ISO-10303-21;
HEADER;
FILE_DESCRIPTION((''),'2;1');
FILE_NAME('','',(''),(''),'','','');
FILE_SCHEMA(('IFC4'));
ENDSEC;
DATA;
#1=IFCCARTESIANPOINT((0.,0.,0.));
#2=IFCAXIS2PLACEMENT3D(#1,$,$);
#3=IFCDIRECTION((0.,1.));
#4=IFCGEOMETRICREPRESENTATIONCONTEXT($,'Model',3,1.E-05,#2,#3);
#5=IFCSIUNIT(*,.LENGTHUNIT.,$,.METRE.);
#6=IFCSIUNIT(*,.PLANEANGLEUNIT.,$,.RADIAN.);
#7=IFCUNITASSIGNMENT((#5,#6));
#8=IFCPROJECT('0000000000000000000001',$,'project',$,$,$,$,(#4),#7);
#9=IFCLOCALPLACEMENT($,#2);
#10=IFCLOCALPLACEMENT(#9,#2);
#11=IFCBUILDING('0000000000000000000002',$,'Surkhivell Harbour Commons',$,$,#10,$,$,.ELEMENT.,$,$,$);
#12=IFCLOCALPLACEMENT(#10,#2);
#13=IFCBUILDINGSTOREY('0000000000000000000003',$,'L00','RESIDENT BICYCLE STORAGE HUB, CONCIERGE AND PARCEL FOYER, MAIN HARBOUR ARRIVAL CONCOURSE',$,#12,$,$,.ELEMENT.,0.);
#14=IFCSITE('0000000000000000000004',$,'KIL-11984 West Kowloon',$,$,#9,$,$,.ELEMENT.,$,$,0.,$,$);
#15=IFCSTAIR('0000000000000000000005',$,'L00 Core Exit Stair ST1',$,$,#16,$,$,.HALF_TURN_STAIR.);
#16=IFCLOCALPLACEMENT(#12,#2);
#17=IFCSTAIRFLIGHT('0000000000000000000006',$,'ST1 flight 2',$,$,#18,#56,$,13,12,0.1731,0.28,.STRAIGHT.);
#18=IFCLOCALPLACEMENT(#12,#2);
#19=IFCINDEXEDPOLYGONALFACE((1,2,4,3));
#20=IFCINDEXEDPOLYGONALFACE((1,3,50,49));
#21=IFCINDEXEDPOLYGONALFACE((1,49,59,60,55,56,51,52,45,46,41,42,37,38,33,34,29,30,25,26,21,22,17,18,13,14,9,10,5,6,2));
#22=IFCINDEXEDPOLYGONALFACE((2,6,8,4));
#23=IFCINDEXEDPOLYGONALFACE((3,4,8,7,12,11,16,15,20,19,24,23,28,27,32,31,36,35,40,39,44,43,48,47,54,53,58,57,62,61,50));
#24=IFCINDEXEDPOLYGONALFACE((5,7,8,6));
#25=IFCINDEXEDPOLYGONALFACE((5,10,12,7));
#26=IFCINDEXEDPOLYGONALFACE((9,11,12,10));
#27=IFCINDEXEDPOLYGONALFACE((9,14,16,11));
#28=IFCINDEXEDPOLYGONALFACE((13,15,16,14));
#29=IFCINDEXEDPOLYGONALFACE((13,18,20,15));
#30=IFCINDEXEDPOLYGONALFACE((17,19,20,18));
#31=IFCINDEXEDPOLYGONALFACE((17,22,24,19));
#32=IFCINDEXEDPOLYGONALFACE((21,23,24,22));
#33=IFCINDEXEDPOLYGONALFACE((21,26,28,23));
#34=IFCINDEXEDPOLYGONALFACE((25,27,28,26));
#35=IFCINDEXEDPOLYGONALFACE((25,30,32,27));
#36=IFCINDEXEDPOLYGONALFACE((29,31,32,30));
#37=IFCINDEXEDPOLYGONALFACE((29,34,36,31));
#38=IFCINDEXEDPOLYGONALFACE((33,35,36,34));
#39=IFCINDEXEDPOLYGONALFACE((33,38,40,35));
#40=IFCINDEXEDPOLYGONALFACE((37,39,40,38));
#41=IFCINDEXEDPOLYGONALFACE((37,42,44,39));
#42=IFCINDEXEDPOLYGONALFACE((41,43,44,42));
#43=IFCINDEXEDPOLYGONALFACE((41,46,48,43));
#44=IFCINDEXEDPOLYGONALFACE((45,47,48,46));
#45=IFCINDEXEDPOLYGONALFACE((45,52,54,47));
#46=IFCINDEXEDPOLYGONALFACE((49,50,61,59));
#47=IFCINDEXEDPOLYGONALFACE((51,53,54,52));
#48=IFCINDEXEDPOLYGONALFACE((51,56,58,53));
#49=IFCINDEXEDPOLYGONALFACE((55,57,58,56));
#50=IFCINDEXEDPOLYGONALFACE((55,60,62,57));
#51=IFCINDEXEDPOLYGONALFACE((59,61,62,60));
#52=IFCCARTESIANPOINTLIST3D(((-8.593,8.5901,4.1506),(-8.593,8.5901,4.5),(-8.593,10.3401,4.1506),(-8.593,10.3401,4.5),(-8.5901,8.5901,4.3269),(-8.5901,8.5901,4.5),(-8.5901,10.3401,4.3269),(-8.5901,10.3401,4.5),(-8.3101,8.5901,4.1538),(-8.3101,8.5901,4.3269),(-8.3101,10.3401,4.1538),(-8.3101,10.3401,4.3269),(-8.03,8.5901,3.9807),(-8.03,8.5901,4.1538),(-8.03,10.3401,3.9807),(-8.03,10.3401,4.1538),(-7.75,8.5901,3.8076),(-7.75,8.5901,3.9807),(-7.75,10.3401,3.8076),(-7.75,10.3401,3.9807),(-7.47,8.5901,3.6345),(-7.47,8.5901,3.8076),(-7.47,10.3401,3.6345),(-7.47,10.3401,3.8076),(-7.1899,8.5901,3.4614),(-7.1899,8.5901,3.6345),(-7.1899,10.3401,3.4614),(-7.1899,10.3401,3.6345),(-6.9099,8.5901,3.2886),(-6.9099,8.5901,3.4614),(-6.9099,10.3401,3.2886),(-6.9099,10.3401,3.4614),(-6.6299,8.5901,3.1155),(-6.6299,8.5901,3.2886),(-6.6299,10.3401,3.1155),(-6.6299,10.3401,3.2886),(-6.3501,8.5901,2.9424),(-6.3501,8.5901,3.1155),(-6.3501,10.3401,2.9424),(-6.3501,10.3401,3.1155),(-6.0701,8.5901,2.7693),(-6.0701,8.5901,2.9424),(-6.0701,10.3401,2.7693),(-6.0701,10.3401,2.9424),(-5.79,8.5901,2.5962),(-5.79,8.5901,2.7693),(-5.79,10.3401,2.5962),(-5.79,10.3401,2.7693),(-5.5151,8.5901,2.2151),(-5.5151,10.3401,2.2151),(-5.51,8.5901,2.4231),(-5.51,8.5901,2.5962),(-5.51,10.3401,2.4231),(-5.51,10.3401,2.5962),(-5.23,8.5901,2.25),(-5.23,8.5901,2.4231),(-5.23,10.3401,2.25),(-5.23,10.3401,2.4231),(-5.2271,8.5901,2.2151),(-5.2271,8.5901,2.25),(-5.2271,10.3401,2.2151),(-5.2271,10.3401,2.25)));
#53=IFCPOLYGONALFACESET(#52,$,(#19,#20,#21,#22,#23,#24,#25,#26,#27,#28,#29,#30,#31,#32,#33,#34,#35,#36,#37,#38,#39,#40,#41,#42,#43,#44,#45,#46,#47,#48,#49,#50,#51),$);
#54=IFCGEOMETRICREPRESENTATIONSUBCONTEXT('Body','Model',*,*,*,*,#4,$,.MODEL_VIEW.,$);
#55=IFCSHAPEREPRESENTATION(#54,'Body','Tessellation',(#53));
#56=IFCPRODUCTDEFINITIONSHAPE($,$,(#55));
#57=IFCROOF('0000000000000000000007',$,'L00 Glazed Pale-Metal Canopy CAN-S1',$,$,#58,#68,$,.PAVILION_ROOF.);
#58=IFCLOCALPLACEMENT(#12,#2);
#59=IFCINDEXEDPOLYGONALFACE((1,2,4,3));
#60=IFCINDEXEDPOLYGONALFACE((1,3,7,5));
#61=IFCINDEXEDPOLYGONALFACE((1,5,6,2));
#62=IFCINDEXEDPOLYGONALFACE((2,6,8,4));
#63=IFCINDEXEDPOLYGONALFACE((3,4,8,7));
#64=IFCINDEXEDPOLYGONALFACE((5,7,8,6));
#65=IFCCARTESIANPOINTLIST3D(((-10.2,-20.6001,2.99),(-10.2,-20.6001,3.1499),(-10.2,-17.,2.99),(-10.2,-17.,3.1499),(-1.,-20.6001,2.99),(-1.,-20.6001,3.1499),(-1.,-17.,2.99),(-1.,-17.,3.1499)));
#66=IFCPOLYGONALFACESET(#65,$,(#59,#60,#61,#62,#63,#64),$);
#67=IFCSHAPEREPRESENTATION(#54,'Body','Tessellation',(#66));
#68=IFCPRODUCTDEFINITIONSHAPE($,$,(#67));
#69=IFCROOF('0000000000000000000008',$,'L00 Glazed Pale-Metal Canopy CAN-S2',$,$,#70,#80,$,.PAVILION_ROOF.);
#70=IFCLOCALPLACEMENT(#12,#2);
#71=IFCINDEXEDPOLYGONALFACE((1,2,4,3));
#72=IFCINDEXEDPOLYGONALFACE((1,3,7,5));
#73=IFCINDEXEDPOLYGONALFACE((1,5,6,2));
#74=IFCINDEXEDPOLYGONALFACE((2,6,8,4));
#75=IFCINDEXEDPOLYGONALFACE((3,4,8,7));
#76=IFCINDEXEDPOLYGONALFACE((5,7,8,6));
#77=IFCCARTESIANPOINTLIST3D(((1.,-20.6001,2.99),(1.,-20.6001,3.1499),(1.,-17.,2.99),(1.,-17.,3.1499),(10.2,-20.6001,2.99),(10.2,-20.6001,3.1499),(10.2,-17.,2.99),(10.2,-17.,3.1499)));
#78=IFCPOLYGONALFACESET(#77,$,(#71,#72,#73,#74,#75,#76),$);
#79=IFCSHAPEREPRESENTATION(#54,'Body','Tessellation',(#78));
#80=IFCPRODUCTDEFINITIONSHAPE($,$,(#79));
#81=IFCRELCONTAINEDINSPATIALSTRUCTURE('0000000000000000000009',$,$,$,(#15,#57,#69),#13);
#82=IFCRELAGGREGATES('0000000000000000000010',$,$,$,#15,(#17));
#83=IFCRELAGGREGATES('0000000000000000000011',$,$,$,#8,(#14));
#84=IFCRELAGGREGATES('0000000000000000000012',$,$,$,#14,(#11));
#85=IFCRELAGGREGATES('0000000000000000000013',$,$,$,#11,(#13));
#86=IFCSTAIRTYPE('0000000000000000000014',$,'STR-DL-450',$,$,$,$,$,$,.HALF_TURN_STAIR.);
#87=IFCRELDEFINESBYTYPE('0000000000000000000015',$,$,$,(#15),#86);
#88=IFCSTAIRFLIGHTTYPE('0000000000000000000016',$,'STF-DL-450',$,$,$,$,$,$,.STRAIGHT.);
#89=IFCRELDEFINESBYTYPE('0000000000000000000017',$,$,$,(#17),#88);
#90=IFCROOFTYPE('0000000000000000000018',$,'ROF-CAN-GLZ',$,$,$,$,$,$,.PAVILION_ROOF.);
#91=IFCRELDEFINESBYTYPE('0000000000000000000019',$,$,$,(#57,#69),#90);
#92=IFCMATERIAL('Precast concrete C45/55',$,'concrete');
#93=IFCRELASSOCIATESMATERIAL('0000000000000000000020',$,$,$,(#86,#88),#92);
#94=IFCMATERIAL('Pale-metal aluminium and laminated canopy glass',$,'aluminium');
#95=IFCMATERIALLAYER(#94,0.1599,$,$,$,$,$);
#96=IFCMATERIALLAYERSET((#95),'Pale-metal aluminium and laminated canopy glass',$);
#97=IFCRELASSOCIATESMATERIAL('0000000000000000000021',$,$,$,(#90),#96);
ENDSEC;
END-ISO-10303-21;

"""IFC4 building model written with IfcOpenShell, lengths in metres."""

from ifc_helpers import new_model, si_unit, direction, frame, origin, place, context, subcontext, project, spatial, polyline, outline, extrude, material, layer, layer_set, type_object, element, aggregate, save


model = new_model("IFC4")

# Units and contexts
model_context = context("Model", 3, precision=1e-05, world=origin(), true_north=direction((0.0, 1.0)))
body_context = subcontext(model_context, "Body", "Model", "MODEL_VIEW")
ifc_project = project(units=[si_unit("LENGTHUNIT", "METRE"), si_unit("PLANEANGLEUNIT", "RADIAN")], contexts=[model_context])

# Site, building, storey
site_placement = place(None, origin())
site = spatial("IfcSite", under=ifc_project, at=site_placement, Name="KIL-11984 West Kowloon", CompositionType="ELEMENT", RefElevation=0.0)
building_placement = place(site_placement, origin())
building = spatial("IfcBuilding", under=site, at=building_placement, Name="Surkhivell Harbour Commons", CompositionType="ELEMENT")
storey_placement = place(building_placement, origin())
storey = spatial("IfcBuildingStorey", under=building, at=storey_placement, Name="L00", Description="RESIDENT BICYCLE STORAGE HUB, CONCIERGE AND PARCEL FOYER, MAIN HARBOUR ARRIVAL CONCOURSE", CompositionType="ELEMENT", Elevation=0.0)

# Stair, stair flight
ifc_material_1 = material(Name="Precast concrete C45/55", Category="concrete")
stair_type = type_object("IfcStairType", Name="STR-DL-450", PredefinedType="HALF_TURN_STAIR", material=ifc_material_1)
stair_placement = place(storey_placement, origin())
stair = element("IfcStair", 1, at=stair_placement, inside=storey, type_object=stair_type, Name="L00 Core Exit Stair ST1", PredefinedType="HALF_TURN_STAIR")
stair_flight_type = type_object("IfcStairFlightType", Name="STF-DL-450", PredefinedType="STRAIGHT", material=ifc_material_1)
stair_flight_1_placement = place(storey_placement, frame((-5.23, 9.4651, 2.25), z_axis=(0.0, 0.0, 1.0), x_axis=(-1.0, 0.0, 0.0)))
stair_flight_1 = element("IfcStairFlight", 2, at=stair_flight_1_placement, type_object=stair_flight_type, Name="ST1 flight 2", NumberOfRisers=13, NumberOfTreads=12, PredefinedType="STRAIGHT", RiserHeight=0.1731, TreadLength=0.28, context=body_context, shape_type="SweptSolid", body=[
    extrude(outline(polyline([(-0.0029, -0.0349), (-0.0029, 0.0), (0.0, 0.0), (0.0, 0.1731), (0.28, 0.1731), (0.28, 0.3462), (0.5601, 0.3462), (0.5601, 0.5193), (0.8401, 0.5193), (0.8401, 0.6924), (1.1201, 0.6924), (1.1201, 0.8655), (1.3999, 0.8655), (1.3999, 1.0386), (1.6799, 1.0386), (1.6799, 1.2114), (1.96, 1.2114), (1.96, 1.3845), (2.24, 1.3845), (2.24, 1.5576), (2.52, 1.5576), (2.52, 1.7307), (2.8, 1.7307), (2.8, 1.9038), (3.0801, 1.9038), (3.0801, 2.0769), (3.3601, 2.0769), (3.3601, 2.25), (3.363, 2.25), (3.363, 1.9006), (0.2852, -0.0349), (-0.0029, -0.0349)])), frame((0.0, 0.875, 0.0), z_axis=(0.0, -1.0, 0.0), x_axis=(1.0, 0.0, 0.0)), (0.0, 0.0, 1.0), 1.75),
])
aggregate(stair, [stair_flight_1])

# Roofs
ifc_material_2 = material(Name="Pale-metal aluminium and laminated canopy glass", Category="aluminium")
ifc_layer_1 = layer(ifc_material_2, 0.1599)
ifc_layer_set_1 = layer_set([ifc_layer_1], Name="Pale-metal aluminium and laminated canopy glass")
roof_type = type_object("IfcRoofType", Name="ROF-CAN-GLZ", PredefinedType="PAVILION_ROOF", material=ifc_layer_set_1)
roof_1_placement = place(storey_placement, frame((0.0, 0.0, 2.99)))
element("IfcRoof", 3, at=roof_1_placement, inside=storey, type_object=roof_type, Name="L00 Glazed Pale-Metal Canopy CAN-S1", PredefinedType="PAVILION_ROOF", context=body_context, shape_type="SweptSolid", body=[
    extrude(outline(polyline([(-10.2, -20.6001), (-1.0, -20.6001), (-1.0, -17.0), (-10.2, -17.0), (-10.2, -20.6001)])), origin(), (0.0, 0.0, 1.0), 0.1599),
])
roof_2_placement = place(storey_placement, frame((0.0, 0.0, 2.99)))
element("IfcRoof", 4, at=roof_2_placement, inside=storey, type_object=roof_type, Name="L00 Glazed Pale-Metal Canopy CAN-S2", PredefinedType="PAVILION_ROOF", context=body_context, shape_type="SweptSolid", body=[
    extrude(outline(polyline([(1.0, -20.6001), (10.2, -20.6001), (10.2, -17.0), (1.0, -17.0), (1.0, -20.6001)])), origin(), (0.0, 0.0, 1.0), 0.1599),
])

save(model, "model.ifc")
